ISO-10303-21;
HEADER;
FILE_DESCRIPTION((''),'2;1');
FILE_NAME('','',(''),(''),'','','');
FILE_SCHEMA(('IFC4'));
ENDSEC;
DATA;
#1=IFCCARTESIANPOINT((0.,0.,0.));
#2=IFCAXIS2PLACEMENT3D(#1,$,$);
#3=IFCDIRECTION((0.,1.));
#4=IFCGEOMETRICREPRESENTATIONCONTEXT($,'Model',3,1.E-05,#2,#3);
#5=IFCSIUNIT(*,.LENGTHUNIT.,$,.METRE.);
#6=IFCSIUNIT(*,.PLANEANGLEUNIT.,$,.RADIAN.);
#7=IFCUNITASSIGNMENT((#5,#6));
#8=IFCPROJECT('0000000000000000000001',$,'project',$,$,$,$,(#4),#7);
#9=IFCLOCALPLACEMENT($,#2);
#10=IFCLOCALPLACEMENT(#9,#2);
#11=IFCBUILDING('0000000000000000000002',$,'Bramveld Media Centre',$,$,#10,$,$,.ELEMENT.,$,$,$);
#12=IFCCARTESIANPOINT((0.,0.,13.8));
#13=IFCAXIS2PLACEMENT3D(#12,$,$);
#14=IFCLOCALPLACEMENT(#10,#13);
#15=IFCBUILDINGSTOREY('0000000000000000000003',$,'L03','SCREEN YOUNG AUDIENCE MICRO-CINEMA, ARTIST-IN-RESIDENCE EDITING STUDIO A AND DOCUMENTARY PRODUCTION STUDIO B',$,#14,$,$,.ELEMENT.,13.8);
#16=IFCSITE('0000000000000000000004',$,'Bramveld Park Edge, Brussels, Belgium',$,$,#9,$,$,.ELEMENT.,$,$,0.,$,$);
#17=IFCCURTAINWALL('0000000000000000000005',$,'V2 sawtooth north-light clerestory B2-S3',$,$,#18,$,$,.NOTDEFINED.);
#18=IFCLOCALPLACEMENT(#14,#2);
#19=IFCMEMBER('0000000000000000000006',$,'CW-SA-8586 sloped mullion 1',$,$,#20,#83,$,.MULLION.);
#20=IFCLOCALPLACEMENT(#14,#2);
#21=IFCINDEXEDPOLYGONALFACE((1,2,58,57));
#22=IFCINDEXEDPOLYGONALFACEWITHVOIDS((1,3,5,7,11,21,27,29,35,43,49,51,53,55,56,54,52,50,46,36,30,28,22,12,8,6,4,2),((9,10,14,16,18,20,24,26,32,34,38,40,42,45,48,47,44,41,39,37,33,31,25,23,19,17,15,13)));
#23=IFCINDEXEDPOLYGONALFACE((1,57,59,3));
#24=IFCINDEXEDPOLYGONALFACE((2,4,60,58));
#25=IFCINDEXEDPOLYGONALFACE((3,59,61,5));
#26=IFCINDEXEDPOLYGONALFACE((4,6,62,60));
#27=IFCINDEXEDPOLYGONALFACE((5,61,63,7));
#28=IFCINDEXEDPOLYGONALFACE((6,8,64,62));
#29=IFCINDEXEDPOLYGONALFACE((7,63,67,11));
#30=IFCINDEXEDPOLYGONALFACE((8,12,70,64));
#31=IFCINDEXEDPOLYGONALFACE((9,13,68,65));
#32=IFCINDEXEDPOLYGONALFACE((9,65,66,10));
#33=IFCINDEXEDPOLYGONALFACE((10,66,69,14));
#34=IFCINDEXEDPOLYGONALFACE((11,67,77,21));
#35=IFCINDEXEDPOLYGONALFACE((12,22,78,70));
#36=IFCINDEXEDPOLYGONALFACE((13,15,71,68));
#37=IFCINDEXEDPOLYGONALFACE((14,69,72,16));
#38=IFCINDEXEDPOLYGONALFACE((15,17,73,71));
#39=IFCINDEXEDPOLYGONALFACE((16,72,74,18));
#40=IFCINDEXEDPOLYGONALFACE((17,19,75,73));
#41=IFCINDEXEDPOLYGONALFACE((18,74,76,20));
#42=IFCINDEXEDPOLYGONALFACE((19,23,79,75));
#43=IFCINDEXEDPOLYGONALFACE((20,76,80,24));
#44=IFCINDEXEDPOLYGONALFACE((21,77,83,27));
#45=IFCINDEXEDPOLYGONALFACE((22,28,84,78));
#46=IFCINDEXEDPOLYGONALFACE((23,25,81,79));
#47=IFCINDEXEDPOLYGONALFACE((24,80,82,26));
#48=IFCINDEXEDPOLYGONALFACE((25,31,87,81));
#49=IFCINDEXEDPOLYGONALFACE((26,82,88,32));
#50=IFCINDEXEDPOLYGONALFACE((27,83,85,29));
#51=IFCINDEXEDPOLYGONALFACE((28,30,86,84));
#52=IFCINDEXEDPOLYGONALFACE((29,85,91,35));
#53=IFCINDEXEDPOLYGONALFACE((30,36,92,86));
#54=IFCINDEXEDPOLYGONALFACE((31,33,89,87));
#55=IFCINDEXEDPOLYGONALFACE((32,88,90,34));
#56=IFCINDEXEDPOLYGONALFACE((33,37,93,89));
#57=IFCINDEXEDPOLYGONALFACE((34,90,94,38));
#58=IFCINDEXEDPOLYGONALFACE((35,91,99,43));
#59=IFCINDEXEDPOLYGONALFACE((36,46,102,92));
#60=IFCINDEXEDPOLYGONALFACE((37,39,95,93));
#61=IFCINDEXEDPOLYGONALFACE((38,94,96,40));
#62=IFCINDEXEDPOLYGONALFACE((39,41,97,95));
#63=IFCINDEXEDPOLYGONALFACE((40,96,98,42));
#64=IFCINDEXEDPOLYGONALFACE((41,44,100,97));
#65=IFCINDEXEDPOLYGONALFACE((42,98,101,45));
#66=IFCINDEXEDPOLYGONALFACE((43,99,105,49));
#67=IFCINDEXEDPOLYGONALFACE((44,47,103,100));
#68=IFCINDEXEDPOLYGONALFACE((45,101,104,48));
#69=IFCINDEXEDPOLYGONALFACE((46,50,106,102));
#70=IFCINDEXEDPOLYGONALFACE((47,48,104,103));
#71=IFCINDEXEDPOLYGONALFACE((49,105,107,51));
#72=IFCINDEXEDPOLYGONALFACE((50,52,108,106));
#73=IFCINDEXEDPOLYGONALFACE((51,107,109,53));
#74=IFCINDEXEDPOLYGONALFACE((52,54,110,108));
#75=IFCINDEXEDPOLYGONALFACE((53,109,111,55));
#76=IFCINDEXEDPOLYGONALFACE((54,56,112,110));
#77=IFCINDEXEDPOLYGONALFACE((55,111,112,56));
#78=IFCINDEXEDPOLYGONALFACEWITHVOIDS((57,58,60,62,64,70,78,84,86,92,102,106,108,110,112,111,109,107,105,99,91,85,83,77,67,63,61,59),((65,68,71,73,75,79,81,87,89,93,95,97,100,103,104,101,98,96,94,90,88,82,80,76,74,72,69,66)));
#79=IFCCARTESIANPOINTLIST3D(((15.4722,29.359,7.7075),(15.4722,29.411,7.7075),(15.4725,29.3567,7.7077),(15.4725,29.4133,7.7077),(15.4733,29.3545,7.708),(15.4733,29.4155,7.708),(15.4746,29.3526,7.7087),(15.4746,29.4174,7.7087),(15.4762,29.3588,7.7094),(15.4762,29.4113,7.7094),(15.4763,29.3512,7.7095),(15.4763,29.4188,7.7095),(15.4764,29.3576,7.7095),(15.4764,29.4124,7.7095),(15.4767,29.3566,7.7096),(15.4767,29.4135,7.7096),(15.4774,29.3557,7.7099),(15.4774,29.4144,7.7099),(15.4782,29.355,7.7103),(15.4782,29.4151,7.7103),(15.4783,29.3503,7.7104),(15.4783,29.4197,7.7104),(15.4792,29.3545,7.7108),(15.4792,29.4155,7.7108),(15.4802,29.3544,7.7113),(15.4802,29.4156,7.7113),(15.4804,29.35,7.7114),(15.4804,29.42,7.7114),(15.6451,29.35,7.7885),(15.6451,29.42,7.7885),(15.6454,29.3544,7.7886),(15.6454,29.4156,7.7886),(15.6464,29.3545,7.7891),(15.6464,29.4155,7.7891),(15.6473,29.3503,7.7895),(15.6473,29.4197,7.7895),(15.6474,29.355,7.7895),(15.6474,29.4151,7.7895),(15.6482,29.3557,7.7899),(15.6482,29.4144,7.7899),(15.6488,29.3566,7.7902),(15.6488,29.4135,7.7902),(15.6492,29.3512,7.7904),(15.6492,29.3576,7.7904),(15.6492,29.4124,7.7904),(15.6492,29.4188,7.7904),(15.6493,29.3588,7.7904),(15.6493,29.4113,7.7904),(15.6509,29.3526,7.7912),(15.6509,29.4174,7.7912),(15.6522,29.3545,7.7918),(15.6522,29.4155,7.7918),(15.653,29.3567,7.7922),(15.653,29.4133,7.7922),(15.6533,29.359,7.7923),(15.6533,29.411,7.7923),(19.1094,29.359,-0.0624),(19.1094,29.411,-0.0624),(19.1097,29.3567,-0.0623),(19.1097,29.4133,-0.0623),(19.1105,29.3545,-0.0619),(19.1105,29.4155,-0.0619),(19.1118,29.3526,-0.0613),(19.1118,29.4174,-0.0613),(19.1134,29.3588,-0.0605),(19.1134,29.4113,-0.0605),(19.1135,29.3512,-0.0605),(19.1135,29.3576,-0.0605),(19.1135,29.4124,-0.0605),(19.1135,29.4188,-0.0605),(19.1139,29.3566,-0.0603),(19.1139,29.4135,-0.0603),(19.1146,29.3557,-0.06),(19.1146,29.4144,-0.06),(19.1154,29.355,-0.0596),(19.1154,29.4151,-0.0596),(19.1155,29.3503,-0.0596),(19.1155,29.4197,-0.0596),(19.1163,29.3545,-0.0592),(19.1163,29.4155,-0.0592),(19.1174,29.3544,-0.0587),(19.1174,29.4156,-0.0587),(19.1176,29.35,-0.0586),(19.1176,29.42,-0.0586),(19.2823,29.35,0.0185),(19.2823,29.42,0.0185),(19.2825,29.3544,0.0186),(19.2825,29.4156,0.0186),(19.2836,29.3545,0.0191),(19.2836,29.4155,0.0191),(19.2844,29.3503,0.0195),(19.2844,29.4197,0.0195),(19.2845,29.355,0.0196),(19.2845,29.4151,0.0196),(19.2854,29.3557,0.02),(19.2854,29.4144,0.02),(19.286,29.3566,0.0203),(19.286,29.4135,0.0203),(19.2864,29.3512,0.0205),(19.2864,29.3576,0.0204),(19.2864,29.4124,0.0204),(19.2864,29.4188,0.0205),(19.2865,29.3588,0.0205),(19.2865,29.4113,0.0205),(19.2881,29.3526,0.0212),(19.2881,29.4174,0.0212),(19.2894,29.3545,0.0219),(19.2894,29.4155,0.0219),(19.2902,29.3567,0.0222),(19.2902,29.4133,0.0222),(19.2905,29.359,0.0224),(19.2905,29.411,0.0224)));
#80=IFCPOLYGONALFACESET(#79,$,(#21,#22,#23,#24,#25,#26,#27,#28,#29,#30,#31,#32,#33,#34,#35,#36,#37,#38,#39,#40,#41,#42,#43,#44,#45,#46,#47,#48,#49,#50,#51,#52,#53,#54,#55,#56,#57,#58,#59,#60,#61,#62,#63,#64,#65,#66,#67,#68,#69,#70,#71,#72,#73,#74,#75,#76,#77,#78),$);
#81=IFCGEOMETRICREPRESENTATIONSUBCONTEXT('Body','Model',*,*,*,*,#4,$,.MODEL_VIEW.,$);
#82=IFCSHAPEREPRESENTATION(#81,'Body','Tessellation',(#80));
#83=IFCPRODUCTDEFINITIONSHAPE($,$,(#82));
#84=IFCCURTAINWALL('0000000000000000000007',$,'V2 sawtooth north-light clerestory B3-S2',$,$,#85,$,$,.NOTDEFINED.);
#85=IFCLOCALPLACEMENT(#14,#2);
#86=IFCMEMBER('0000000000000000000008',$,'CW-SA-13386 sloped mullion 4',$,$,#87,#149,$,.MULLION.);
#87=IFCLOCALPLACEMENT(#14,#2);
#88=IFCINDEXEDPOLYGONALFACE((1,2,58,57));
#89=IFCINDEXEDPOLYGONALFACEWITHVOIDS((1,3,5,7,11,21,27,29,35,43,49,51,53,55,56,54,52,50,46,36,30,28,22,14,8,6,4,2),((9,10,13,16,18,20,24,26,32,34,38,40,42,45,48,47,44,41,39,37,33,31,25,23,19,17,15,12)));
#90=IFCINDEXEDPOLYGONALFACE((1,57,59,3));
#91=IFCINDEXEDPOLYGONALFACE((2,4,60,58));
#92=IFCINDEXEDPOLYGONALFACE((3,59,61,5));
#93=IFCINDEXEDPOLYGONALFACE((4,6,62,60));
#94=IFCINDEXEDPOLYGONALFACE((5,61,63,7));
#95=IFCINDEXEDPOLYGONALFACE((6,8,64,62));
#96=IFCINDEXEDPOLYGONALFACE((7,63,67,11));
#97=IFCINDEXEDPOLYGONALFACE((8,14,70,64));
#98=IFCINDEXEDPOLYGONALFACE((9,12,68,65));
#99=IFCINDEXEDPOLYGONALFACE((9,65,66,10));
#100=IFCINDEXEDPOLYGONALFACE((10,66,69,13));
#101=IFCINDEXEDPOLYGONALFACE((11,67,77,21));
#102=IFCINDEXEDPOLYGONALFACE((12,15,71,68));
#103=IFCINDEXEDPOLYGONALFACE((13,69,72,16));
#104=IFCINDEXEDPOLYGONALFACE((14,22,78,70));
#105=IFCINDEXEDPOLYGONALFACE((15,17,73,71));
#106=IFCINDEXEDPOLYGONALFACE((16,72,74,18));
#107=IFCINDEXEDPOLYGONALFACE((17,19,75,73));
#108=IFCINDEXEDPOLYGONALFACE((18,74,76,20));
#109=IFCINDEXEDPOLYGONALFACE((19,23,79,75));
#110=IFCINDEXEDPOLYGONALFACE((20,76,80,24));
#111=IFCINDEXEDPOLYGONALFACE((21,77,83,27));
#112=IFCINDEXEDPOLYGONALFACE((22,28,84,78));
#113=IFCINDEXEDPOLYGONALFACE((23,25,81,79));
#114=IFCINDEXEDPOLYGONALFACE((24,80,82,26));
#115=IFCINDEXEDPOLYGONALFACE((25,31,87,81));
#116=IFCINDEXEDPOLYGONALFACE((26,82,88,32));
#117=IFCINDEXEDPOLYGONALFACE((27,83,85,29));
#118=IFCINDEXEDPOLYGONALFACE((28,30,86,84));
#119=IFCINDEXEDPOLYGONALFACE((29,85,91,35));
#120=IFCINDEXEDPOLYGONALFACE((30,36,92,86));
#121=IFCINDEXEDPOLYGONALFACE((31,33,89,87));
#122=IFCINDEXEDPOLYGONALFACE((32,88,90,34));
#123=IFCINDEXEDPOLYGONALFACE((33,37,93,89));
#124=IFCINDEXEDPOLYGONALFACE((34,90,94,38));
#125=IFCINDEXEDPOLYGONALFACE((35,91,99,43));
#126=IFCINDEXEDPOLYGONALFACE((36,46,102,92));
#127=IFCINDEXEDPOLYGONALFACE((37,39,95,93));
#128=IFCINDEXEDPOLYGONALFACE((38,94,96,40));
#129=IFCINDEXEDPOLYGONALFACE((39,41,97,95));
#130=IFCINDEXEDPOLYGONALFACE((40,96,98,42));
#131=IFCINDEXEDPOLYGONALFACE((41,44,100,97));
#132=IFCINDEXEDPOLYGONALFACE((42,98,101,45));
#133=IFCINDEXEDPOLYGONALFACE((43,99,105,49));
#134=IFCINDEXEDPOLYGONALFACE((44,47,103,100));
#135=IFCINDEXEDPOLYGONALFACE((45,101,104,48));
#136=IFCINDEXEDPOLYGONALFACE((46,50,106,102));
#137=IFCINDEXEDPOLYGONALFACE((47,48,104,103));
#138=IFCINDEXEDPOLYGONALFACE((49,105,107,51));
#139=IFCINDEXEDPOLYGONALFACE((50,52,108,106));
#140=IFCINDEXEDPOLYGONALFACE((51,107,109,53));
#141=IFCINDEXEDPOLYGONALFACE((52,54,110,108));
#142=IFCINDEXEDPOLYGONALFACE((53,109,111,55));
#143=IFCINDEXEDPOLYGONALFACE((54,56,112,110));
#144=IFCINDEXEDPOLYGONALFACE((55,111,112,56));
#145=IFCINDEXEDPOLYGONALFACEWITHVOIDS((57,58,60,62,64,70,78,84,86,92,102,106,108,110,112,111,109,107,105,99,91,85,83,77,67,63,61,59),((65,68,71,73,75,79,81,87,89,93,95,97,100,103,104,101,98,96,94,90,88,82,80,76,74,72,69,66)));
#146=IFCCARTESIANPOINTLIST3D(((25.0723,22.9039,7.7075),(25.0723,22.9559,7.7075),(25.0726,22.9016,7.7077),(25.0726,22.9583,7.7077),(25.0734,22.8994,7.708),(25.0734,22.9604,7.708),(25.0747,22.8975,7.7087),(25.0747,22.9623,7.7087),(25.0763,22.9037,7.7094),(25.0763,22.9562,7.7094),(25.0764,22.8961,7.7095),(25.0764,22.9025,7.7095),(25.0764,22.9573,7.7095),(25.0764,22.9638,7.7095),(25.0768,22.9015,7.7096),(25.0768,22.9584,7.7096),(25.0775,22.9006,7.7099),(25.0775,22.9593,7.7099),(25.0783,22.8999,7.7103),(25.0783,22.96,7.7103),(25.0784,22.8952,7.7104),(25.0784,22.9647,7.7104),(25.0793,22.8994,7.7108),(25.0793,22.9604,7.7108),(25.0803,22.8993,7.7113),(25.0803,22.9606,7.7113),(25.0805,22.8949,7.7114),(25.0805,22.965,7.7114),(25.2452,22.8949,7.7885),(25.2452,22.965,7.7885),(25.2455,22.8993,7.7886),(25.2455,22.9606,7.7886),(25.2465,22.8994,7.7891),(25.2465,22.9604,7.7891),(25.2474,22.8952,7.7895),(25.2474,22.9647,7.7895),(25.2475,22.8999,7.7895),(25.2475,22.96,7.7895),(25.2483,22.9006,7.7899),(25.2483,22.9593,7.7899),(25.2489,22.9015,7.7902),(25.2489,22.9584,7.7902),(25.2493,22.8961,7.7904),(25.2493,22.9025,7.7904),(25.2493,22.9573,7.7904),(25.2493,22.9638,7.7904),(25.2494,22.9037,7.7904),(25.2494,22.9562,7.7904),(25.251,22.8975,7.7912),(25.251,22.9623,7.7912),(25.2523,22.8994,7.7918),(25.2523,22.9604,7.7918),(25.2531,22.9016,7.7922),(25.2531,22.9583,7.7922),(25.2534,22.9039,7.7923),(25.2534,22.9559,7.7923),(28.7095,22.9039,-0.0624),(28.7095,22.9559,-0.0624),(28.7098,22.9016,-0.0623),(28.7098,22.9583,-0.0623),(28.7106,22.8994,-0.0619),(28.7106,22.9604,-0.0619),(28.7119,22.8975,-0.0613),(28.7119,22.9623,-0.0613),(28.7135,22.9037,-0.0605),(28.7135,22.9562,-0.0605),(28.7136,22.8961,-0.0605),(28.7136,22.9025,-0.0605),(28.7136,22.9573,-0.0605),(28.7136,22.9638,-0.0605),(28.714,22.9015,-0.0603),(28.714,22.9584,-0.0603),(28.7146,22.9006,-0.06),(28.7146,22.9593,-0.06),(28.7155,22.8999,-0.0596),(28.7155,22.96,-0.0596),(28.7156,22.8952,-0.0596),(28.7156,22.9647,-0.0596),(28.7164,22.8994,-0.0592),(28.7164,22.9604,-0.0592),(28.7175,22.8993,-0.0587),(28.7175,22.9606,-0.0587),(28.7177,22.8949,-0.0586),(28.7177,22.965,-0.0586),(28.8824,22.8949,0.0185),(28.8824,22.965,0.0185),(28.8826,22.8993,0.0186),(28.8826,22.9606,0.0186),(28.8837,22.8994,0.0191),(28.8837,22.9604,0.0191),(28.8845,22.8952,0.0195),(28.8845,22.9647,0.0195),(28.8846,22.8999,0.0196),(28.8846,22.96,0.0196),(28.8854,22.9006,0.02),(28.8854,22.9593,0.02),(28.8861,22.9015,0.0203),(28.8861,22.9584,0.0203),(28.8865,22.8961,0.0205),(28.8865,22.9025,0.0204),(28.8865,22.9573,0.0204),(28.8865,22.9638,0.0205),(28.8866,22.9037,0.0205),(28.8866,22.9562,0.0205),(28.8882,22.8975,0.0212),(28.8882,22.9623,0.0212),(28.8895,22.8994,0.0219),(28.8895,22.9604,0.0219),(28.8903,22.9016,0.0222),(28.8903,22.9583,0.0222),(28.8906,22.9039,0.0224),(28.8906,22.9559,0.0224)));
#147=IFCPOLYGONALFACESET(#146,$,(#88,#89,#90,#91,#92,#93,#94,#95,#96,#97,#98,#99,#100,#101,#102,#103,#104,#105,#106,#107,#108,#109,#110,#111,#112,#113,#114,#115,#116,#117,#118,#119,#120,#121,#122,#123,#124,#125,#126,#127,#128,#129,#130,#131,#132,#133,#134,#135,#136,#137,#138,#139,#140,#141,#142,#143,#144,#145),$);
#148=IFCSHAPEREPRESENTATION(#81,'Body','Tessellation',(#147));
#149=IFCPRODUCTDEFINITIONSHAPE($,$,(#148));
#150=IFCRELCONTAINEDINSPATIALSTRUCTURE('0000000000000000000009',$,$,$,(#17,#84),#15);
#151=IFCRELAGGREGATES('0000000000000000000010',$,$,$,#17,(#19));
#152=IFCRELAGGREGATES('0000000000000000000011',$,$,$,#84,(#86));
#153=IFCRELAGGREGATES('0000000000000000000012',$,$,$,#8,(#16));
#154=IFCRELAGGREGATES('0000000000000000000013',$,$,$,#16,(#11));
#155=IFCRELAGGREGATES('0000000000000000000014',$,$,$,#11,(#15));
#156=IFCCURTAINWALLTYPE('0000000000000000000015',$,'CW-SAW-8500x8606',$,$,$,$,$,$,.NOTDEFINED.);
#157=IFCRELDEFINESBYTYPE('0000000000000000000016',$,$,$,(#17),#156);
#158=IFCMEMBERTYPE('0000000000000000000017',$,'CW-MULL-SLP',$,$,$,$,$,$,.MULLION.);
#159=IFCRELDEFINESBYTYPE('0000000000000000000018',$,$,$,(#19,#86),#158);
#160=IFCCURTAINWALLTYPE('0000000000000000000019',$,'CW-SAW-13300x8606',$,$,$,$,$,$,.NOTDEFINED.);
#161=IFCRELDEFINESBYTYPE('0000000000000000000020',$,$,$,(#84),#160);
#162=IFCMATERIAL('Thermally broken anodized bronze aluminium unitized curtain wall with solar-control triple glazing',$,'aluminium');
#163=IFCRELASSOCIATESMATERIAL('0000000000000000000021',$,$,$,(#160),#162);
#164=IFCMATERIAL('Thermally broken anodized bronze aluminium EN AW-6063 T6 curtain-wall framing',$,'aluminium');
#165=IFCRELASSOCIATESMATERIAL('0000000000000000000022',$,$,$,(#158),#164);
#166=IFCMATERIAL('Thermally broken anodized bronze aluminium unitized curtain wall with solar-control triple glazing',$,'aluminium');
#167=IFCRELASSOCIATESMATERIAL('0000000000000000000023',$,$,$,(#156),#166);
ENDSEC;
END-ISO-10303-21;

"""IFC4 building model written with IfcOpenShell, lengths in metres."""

from ifc_helpers import new_model, si_unit, direction, frame, origin, origin_2d, place, context, subcontext, project, spatial, hollow_rectangle, extrude, material, material_profile, profile_set, type_object, element, aggregate, save


model = new_model("IFC4")

# Units and contexts
model_context = context("Model", 3, precision=1e-05, world=origin(), true_north=direction((0.0, 1.0)))
body_context = subcontext(model_context, "Body", "Model", "MODEL_VIEW")
ifc_project = project(units=[si_unit("LENGTHUNIT", "METRE"), si_unit("PLANEANGLEUNIT", "RADIAN")], contexts=[model_context])

# Site, building, storey
site_placement = place(None, origin())
site = spatial("IfcSite", under=ifc_project, at=site_placement, Name="Bramveld Park Edge, Brussels, Belgium", CompositionType="ELEMENT", RefElevation=0.0)
building_placement = place(site_placement, origin())
building = spatial("IfcBuilding", under=site, at=building_placement, Name="Bramveld Media Centre", CompositionType="ELEMENT")
storey_placement = place(building_placement, frame((0.0, 0.0, 13.8)))
storey = spatial("IfcBuildingStorey", under=building, at=storey_placement, Name="L03", Description="SCREEN YOUNG AUDIENCE MICRO-CINEMA, ARTIST-IN-RESIDENCE EDITING STUDIO A AND DOCUMENTARY PRODUCTION STUDIO B", CompositionType="ELEMENT", Elevation=13.8)

# Shared definitions
ifc_material_1 = material(Name="Thermally broken anodized bronze aluminium unitized curtain wall with solar-control triple glazing", Category="aluminium")
curtain_wall_type_1 = type_object("IfcCurtainWallType", Name="CW-SAW-13300x8606", PredefinedType="NOTDEFINED", material=ifc_material_1)
ifc_material_2 = material(Name="Thermally broken anodized bronze aluminium EN AW-6063 T6 curtain-wall framing", Category="aluminium")
ifc_material_profile_1 = material_profile(ifc_material_2, hollow_rectangle(XDim=0.0701, YDim=0.2, WallThickness=0.0044, InnerFilletRadius=0.0044, OuterFilletRadius=0.009, at=origin_2d()), Name="AL-MULL 70x200")
ifc_profile_set_1 = profile_set([ifc_material_profile_1], Name="Thermally broken anodized bronze aluminium EN AW-6063 T6 curtain-wall framing")
member_type_1 = type_object("IfcMemberType", Name="CW-MULL-SLP", PredefinedType="MULLION", material=ifc_profile_set_1)

# Curtain wall, member
ifc_material_3 = material(Name="Thermally broken anodized bronze aluminium unitized curtain wall with solar-control triple glazing", Category="aluminium")
curtain_wall_type_2 = type_object("IfcCurtainWallType", Name="CW-SAW-8500x8606", PredefinedType="NOTDEFINED", material=ifc_material_3)
curtain_wall_1_placement = place(storey_placement, origin())
curtain_wall_1 = element("IfcCurtainWall", 1, at=curtain_wall_1_placement, inside=storey, type_object=curtain_wall_type_2, Name="V2 sawtooth north-light clerestory B2-S3", PredefinedType="NOTDEFINED")
member_1_placement = place(storey_placement, frame((19.2, 29.385, -0.02), z_axis=(-0.423957, 0.0, 0.905682), x_axis=(0.0, -1.0, 0.0)))
member_1 = element("IfcMember", 2, at=member_1_placement, type_object=member_type_1, Name="CW-SA-8586 sloped mullion 1", PredefinedType="MULLION", context=body_context, shape_type="SweptSolid", body=[
    extrude(hollow_rectangle(XDim=0.0701, YDim=0.2, WallThickness=0.0044, InnerFilletRadius=0.0044, OuterFilletRadius=0.009, at=origin_2d()), origin(), (0.0, 0.0, 1.0), 8.5791),
])
aggregate(curtain_wall_1, [member_1])

# Curtain wall, member
curtain_wall_2_placement = place(storey_placement, origin())
curtain_wall_2 = element("IfcCurtainWall", 3, at=curtain_wall_2_placement, inside=storey, type_object=curtain_wall_type_1, Name="V2 sawtooth north-light clerestory B3-S2", PredefinedType="NOTDEFINED")
member_2_placement = place(storey_placement, frame((28.8, 22.9299, -0.02), z_axis=(-0.423957, 0.0, 0.905682), x_axis=(0.0, -1.0, 0.0)))
member_2 = element("IfcMember", 4, at=member_2_placement, type_object=member_type_1, Name="CW-SA-13386 sloped mullion 4", PredefinedType="MULLION", context=body_context, shape_type="SweptSolid", body=[
    extrude(hollow_rectangle(XDim=0.0701, YDim=0.2, WallThickness=0.0044, InnerFilletRadius=0.0044, OuterFilletRadius=0.009, at=origin_2d()), origin(), (0.0, 0.0, 1.0), 8.5791),
])

aggregate(curtain_wall_2, [member_2])

save(model, "model.ifc")
